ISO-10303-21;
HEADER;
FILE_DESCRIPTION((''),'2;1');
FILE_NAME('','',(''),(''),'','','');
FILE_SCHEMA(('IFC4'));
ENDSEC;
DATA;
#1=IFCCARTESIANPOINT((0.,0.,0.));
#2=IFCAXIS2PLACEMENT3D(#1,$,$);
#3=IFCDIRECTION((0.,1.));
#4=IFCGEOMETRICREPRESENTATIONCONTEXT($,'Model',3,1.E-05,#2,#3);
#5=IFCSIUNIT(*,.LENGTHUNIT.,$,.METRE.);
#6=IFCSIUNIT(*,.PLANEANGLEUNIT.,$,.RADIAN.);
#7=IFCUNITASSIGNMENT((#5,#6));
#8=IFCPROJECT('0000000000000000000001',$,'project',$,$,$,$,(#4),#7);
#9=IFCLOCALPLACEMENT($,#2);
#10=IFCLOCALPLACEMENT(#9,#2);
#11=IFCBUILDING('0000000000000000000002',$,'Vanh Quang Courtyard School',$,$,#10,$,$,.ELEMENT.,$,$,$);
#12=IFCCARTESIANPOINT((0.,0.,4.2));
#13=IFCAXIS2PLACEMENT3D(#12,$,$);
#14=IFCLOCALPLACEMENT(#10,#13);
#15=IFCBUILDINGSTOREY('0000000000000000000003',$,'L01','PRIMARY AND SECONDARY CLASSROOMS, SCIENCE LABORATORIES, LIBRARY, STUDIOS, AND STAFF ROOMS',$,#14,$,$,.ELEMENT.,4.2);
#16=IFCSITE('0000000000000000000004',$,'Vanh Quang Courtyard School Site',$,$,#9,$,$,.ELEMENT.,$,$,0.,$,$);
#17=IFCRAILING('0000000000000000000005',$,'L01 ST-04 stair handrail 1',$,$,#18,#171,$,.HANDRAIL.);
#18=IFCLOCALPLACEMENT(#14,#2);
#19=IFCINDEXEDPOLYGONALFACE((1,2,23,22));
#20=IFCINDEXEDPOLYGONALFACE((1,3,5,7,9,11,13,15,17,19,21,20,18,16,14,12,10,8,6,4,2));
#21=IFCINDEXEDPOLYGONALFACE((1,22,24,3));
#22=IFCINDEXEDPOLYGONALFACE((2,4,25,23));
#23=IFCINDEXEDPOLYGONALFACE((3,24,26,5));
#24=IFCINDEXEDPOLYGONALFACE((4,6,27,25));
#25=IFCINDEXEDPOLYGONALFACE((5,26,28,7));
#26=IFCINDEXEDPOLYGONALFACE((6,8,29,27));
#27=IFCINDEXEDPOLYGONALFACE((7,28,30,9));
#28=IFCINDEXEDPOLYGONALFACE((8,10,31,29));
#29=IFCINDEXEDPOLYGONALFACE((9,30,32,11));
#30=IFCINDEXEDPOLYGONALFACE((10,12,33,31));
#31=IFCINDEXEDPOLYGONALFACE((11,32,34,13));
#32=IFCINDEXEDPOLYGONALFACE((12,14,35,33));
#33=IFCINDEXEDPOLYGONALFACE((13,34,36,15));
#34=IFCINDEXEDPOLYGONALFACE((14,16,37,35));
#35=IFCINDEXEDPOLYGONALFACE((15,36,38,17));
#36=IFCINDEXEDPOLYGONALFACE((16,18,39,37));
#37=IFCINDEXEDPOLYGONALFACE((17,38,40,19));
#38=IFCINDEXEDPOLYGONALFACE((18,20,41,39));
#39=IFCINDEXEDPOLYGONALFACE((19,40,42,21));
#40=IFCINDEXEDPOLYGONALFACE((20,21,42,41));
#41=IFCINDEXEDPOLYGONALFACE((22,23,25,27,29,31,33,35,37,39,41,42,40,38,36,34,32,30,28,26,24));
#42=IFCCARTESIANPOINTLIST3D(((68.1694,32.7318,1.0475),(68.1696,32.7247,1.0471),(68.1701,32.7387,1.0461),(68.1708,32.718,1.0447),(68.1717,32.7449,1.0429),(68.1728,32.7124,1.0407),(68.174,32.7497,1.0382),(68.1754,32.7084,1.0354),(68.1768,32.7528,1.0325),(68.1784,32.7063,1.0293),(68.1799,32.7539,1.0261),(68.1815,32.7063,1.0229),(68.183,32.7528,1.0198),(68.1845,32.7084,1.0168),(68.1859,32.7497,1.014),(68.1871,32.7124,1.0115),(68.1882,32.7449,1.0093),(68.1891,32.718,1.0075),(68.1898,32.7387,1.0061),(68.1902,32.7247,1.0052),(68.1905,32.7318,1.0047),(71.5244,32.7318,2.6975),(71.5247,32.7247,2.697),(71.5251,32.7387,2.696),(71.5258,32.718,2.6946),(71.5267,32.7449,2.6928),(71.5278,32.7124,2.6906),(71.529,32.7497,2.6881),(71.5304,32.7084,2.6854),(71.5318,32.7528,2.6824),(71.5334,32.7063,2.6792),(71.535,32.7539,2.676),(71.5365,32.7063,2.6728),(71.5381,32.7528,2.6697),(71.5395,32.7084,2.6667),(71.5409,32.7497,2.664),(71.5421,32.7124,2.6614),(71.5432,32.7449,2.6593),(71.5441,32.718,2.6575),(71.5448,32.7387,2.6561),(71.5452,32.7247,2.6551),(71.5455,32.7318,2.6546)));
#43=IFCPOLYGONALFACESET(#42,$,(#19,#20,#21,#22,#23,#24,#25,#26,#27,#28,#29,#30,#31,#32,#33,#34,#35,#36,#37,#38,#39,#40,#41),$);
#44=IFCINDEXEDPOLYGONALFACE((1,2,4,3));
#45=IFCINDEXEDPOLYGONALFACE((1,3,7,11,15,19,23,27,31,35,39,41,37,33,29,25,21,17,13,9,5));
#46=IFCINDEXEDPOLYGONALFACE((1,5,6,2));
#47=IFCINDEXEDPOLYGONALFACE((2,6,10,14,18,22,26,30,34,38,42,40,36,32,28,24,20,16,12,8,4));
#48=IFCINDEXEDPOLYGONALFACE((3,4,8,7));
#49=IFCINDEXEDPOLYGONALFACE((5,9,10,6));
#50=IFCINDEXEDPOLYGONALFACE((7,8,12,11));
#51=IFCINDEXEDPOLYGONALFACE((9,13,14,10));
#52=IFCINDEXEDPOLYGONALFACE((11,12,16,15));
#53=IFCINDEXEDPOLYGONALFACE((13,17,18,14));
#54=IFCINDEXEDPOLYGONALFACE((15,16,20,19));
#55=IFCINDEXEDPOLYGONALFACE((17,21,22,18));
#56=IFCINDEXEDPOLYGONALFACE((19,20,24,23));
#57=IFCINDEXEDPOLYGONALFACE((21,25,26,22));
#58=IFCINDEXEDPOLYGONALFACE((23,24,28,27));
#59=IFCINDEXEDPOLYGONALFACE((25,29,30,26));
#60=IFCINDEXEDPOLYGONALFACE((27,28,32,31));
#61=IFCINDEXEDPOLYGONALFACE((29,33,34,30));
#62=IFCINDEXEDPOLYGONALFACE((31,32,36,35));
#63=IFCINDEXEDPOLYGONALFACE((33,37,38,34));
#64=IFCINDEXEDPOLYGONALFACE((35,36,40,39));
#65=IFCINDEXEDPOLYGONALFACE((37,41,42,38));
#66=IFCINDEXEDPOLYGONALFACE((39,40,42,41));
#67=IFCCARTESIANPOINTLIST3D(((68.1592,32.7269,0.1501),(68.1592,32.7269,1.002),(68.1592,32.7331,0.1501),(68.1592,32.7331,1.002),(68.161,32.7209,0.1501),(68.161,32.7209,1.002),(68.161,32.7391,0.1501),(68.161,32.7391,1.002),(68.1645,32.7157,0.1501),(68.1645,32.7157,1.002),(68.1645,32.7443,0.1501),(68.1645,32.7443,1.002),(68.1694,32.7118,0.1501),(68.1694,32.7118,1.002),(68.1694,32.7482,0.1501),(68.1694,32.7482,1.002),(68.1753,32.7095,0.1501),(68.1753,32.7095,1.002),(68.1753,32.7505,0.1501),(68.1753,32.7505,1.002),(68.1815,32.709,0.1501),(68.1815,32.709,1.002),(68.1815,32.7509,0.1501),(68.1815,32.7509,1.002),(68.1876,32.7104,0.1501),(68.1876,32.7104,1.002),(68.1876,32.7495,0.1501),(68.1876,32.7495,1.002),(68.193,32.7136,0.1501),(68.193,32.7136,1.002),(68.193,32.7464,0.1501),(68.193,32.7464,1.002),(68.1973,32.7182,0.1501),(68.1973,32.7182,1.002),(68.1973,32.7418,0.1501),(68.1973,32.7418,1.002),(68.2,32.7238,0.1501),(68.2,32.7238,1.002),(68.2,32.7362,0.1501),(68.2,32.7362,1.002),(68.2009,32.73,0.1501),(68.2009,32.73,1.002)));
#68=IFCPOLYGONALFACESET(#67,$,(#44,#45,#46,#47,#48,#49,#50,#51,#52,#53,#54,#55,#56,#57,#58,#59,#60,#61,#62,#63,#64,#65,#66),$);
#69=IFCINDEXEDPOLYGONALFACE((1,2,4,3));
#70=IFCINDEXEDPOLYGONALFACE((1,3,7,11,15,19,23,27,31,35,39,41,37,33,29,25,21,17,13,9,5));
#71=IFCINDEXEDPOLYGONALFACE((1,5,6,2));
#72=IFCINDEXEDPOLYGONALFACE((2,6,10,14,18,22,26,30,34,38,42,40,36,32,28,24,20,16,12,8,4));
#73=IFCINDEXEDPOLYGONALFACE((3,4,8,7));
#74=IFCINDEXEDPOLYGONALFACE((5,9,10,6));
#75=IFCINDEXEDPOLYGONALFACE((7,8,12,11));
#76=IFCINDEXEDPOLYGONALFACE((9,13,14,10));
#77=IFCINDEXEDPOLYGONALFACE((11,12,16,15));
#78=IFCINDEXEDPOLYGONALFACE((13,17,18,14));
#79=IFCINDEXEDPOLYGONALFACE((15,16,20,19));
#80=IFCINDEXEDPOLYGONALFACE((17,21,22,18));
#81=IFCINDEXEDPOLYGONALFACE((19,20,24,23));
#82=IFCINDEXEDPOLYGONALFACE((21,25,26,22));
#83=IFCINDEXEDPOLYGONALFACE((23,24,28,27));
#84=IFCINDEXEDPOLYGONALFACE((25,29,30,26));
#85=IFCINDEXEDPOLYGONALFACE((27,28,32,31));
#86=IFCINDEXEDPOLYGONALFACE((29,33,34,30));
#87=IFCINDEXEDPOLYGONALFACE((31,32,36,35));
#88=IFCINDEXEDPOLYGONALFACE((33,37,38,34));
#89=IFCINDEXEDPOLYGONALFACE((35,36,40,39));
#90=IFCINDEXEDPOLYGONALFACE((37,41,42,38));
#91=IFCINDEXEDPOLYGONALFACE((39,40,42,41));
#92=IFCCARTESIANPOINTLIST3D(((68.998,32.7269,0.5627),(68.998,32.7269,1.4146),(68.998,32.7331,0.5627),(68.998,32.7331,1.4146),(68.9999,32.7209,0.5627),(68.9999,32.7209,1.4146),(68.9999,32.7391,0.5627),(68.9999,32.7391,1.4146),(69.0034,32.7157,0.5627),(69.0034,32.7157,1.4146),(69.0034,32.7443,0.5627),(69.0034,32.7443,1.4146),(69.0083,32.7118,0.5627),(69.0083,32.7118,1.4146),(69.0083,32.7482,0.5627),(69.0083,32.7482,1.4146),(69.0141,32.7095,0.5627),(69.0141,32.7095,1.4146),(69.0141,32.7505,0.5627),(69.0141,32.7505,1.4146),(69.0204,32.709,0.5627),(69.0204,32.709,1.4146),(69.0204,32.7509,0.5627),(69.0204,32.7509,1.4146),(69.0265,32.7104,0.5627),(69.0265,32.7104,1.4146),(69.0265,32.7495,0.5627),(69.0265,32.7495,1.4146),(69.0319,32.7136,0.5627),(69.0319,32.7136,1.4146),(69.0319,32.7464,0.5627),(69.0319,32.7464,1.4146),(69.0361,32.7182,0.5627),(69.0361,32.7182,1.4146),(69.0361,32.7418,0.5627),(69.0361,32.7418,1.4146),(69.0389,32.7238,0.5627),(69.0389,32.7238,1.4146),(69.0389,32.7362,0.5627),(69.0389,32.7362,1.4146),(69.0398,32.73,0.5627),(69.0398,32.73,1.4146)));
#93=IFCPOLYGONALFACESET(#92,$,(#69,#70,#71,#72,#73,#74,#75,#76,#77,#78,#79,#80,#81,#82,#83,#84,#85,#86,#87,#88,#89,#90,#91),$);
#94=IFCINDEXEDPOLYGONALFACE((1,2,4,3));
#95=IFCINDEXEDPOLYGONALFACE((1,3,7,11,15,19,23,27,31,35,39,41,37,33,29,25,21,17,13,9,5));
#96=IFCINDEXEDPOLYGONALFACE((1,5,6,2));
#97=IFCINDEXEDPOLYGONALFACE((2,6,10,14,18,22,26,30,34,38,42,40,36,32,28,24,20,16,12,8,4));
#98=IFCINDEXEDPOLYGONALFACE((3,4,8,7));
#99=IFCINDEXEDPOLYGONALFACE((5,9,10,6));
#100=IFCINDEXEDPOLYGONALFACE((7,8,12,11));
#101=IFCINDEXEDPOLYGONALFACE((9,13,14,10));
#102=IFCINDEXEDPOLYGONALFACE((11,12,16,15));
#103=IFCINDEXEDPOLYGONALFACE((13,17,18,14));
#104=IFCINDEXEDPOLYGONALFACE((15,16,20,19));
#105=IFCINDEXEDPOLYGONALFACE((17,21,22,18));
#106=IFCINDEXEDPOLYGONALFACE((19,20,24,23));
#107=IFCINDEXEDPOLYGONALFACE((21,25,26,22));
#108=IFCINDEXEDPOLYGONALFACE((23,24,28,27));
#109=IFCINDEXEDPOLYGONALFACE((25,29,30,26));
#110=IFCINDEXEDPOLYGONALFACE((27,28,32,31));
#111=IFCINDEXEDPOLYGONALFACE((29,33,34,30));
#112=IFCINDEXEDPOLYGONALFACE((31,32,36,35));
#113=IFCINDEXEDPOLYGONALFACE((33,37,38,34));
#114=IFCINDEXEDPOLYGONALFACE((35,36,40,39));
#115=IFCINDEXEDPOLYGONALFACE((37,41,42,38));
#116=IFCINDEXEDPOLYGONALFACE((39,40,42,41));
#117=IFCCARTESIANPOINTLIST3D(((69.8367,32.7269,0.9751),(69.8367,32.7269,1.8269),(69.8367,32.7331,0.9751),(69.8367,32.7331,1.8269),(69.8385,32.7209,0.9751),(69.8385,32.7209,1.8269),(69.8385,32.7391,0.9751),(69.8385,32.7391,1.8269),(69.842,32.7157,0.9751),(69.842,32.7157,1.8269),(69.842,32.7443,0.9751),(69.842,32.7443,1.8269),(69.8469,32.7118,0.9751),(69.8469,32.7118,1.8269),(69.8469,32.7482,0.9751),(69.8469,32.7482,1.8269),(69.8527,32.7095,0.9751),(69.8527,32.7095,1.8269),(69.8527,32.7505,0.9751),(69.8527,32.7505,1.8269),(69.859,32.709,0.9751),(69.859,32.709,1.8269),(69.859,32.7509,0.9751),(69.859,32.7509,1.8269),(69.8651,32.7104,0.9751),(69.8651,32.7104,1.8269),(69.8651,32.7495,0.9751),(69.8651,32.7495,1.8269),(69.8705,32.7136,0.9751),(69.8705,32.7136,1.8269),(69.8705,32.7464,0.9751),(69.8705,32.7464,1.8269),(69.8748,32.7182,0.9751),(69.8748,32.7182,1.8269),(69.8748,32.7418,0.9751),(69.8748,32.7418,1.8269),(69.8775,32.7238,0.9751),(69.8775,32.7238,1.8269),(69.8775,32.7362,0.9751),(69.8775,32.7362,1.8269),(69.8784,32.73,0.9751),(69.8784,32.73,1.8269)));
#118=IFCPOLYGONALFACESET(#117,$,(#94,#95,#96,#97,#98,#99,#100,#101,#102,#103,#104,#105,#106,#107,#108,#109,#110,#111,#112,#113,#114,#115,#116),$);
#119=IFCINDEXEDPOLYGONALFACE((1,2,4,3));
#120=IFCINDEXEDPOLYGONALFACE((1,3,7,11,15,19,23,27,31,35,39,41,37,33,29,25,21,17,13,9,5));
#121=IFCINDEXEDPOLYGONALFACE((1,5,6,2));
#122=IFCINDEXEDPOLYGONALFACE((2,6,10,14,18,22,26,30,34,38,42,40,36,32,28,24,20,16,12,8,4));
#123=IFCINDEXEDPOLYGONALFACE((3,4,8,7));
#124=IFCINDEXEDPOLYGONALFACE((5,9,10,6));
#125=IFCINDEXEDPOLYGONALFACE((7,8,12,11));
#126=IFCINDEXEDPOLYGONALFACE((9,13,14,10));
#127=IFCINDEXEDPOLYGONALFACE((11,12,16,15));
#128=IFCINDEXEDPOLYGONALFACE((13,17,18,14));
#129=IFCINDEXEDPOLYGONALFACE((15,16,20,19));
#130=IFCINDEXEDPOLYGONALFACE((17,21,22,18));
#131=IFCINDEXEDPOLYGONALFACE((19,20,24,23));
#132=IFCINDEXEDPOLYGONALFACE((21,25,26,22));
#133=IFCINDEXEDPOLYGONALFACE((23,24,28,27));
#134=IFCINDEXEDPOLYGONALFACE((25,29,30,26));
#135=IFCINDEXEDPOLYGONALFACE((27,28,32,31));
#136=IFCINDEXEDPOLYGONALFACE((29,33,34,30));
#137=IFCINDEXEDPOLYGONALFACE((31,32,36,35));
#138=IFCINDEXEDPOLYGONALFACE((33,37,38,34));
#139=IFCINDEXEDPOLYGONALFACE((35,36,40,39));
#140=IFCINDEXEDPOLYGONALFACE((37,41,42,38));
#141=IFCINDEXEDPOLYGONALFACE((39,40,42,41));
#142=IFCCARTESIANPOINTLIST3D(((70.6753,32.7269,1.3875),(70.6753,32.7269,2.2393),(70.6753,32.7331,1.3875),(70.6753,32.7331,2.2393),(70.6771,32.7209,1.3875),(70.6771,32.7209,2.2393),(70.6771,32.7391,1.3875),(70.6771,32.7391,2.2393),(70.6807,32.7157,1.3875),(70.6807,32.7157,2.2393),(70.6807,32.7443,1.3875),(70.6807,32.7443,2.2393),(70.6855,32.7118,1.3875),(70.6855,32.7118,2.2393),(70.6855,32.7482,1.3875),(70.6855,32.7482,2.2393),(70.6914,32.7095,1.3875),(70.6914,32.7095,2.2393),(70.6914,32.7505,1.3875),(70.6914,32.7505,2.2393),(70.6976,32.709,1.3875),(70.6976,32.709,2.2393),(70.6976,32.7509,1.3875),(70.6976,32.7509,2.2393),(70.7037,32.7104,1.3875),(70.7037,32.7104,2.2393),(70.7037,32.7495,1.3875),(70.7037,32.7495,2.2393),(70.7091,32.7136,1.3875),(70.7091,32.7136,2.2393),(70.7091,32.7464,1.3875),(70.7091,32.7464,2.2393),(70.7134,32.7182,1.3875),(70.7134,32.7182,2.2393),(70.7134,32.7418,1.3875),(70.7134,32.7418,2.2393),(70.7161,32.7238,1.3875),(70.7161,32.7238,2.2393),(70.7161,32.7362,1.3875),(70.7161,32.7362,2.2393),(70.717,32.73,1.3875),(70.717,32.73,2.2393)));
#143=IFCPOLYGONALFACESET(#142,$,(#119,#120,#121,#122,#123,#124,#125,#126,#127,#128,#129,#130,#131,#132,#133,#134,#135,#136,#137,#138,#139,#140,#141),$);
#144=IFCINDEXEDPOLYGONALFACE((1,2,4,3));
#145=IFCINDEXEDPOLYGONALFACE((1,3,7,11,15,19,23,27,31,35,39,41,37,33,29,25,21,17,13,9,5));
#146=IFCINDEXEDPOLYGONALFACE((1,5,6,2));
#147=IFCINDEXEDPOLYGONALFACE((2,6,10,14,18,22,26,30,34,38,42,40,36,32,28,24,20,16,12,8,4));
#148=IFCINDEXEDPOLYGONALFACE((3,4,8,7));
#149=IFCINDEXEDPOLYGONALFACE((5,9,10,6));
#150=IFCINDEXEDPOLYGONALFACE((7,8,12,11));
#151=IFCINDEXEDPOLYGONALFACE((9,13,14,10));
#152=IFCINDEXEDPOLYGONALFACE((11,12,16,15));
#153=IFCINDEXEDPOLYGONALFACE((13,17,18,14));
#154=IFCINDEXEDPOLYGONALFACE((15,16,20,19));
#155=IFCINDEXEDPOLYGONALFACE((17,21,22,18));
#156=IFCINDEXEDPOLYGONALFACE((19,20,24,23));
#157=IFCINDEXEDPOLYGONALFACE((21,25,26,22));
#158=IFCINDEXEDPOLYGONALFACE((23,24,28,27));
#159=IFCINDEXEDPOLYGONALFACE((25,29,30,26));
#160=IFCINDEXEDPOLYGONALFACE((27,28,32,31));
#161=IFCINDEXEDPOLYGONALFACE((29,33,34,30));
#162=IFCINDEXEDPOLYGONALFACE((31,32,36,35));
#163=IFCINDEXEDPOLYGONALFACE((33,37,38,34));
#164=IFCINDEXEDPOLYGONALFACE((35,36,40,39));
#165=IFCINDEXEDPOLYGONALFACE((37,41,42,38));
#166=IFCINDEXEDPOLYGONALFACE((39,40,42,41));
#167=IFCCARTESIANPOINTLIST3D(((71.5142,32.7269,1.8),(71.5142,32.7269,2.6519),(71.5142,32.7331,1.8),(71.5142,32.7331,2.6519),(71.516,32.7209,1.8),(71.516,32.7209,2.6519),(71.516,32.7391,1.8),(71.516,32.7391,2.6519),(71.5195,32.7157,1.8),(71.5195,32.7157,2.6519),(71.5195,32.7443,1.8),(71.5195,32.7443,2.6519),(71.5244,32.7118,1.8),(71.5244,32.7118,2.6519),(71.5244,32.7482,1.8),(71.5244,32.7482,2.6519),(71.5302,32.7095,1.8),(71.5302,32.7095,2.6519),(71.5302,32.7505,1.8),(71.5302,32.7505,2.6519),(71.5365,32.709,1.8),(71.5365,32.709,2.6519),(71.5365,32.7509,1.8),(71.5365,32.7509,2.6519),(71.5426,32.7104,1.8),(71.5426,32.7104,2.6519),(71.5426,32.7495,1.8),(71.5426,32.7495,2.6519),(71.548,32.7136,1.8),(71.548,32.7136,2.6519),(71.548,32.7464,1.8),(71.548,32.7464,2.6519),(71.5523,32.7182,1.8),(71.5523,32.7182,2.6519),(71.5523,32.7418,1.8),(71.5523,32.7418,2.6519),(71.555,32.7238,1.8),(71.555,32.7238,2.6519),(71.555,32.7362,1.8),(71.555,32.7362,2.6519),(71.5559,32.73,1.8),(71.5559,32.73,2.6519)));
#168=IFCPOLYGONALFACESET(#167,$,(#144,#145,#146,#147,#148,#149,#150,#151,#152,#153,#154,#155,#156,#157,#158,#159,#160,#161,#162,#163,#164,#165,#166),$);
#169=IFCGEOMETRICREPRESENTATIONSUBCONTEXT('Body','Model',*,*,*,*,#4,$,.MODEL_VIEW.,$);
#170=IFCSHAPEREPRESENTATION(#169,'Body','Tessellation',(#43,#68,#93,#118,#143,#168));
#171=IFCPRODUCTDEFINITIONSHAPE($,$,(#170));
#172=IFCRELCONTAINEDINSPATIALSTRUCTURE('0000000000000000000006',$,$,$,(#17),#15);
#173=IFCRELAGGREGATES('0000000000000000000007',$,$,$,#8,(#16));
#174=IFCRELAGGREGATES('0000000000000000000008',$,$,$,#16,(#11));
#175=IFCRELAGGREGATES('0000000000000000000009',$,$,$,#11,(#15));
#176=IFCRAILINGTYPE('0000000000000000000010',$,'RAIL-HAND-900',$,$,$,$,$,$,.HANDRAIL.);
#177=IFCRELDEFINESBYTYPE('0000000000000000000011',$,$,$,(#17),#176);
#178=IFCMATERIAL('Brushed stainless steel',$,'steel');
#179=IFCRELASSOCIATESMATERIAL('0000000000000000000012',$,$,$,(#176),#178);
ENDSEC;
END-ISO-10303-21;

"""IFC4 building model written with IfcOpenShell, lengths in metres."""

from ifc_helpers import new_model, si_unit, direction, frame, origin, origin_2d, place, context, subcontext, project, spatial, circle, extrude, material, type_object, element, save


model = new_model("IFC4")

# Units and contexts
model_context = context("Model", 3, precision=1e-05, world=origin(), true_north=direction((0.0, 1.0)))
body_context = subcontext(model_context, "Body", "Model", "MODEL_VIEW")
ifc_project = project(units=[si_unit("LENGTHUNIT", "METRE"), si_unit("PLANEANGLEUNIT", "RADIAN")], contexts=[model_context])

# Site, building, storey
site_placement = place(None, origin())
site = spatial("IfcSite", under=ifc_project, at=site_placement, Name="Vanh Quang Courtyard School Site", CompositionType="ELEMENT", RefElevation=0.0)
building_placement = place(site_placement, origin())
building = spatial("IfcBuilding", under=site, at=building_placement, Name="Vanh Quang Courtyard School", CompositionType="ELEMENT")
storey_placement = place(building_placement, frame((0.0, 0.0, 4.2)))
storey = spatial("IfcBuildingStorey", under=building, at=storey_placement, Name="L01", Description="PRIMARY AND SECONDARY CLASSROOMS, SCIENCE LABORATORIES, LIBRARY, STUDIOS, AND STAFF ROOMS", CompositionType="ELEMENT", Elevation=4.2)

# Railing
ifc_material_1 = material(Name="Brushed stainless steel", Category="steel")
railing_type_1 = type_object("IfcRailingType", Name="RAIL-HAND-900", PredefinedType="HANDRAIL", material=ifc_material_1)
railing_1_placement = place(storey_placement, frame((68.1799, 32.73, 0.1501)))
element("IfcRailing", 1, at=railing_1_placement, inside=storey, type_object=railing_type_1, Name="L01 ST-04 stair handrail 1", PredefinedType="HANDRAIL", context=body_context, shape_type="SweptSolid", body=[
    extrude(circle(Radius=0.0239, at=origin_2d()), frame((0.0, 0.0, 0.876), z_axis=(0.897359, 0.0, 0.441301), x_axis=(0.0, 1.0, 0.0)), (0.0, 0.0, 1.0), 3.7388),
    extrude(circle(Radius=0.021, at=origin_2d()), origin(), (0.0, 0.0, 1.0), 0.8518),
    extrude(circle(Radius=0.021, at=origin_2d()), frame((0.8389, 0.0, 0.4126)), (0.0, 0.0, 1.0), 0.8518),
    extrude(circle(Radius=0.021, at=origin_2d()), frame((1.6775, 0.0, 0.825)), (0.0, 0.0, 1.0), 0.8518),
    extrude(circle(Radius=0.021, at=origin_2d()), frame((2.5161, 0.0, 1.2373)), (0.0, 0.0, 1.0), 0.8518),
    extrude(circle(Radius=0.021, at=origin_2d()), frame((3.355, 0.0, 1.6499)), (0.0, 0.0, 1.0), 0.8518),
])

save(model, "model.ifc")
